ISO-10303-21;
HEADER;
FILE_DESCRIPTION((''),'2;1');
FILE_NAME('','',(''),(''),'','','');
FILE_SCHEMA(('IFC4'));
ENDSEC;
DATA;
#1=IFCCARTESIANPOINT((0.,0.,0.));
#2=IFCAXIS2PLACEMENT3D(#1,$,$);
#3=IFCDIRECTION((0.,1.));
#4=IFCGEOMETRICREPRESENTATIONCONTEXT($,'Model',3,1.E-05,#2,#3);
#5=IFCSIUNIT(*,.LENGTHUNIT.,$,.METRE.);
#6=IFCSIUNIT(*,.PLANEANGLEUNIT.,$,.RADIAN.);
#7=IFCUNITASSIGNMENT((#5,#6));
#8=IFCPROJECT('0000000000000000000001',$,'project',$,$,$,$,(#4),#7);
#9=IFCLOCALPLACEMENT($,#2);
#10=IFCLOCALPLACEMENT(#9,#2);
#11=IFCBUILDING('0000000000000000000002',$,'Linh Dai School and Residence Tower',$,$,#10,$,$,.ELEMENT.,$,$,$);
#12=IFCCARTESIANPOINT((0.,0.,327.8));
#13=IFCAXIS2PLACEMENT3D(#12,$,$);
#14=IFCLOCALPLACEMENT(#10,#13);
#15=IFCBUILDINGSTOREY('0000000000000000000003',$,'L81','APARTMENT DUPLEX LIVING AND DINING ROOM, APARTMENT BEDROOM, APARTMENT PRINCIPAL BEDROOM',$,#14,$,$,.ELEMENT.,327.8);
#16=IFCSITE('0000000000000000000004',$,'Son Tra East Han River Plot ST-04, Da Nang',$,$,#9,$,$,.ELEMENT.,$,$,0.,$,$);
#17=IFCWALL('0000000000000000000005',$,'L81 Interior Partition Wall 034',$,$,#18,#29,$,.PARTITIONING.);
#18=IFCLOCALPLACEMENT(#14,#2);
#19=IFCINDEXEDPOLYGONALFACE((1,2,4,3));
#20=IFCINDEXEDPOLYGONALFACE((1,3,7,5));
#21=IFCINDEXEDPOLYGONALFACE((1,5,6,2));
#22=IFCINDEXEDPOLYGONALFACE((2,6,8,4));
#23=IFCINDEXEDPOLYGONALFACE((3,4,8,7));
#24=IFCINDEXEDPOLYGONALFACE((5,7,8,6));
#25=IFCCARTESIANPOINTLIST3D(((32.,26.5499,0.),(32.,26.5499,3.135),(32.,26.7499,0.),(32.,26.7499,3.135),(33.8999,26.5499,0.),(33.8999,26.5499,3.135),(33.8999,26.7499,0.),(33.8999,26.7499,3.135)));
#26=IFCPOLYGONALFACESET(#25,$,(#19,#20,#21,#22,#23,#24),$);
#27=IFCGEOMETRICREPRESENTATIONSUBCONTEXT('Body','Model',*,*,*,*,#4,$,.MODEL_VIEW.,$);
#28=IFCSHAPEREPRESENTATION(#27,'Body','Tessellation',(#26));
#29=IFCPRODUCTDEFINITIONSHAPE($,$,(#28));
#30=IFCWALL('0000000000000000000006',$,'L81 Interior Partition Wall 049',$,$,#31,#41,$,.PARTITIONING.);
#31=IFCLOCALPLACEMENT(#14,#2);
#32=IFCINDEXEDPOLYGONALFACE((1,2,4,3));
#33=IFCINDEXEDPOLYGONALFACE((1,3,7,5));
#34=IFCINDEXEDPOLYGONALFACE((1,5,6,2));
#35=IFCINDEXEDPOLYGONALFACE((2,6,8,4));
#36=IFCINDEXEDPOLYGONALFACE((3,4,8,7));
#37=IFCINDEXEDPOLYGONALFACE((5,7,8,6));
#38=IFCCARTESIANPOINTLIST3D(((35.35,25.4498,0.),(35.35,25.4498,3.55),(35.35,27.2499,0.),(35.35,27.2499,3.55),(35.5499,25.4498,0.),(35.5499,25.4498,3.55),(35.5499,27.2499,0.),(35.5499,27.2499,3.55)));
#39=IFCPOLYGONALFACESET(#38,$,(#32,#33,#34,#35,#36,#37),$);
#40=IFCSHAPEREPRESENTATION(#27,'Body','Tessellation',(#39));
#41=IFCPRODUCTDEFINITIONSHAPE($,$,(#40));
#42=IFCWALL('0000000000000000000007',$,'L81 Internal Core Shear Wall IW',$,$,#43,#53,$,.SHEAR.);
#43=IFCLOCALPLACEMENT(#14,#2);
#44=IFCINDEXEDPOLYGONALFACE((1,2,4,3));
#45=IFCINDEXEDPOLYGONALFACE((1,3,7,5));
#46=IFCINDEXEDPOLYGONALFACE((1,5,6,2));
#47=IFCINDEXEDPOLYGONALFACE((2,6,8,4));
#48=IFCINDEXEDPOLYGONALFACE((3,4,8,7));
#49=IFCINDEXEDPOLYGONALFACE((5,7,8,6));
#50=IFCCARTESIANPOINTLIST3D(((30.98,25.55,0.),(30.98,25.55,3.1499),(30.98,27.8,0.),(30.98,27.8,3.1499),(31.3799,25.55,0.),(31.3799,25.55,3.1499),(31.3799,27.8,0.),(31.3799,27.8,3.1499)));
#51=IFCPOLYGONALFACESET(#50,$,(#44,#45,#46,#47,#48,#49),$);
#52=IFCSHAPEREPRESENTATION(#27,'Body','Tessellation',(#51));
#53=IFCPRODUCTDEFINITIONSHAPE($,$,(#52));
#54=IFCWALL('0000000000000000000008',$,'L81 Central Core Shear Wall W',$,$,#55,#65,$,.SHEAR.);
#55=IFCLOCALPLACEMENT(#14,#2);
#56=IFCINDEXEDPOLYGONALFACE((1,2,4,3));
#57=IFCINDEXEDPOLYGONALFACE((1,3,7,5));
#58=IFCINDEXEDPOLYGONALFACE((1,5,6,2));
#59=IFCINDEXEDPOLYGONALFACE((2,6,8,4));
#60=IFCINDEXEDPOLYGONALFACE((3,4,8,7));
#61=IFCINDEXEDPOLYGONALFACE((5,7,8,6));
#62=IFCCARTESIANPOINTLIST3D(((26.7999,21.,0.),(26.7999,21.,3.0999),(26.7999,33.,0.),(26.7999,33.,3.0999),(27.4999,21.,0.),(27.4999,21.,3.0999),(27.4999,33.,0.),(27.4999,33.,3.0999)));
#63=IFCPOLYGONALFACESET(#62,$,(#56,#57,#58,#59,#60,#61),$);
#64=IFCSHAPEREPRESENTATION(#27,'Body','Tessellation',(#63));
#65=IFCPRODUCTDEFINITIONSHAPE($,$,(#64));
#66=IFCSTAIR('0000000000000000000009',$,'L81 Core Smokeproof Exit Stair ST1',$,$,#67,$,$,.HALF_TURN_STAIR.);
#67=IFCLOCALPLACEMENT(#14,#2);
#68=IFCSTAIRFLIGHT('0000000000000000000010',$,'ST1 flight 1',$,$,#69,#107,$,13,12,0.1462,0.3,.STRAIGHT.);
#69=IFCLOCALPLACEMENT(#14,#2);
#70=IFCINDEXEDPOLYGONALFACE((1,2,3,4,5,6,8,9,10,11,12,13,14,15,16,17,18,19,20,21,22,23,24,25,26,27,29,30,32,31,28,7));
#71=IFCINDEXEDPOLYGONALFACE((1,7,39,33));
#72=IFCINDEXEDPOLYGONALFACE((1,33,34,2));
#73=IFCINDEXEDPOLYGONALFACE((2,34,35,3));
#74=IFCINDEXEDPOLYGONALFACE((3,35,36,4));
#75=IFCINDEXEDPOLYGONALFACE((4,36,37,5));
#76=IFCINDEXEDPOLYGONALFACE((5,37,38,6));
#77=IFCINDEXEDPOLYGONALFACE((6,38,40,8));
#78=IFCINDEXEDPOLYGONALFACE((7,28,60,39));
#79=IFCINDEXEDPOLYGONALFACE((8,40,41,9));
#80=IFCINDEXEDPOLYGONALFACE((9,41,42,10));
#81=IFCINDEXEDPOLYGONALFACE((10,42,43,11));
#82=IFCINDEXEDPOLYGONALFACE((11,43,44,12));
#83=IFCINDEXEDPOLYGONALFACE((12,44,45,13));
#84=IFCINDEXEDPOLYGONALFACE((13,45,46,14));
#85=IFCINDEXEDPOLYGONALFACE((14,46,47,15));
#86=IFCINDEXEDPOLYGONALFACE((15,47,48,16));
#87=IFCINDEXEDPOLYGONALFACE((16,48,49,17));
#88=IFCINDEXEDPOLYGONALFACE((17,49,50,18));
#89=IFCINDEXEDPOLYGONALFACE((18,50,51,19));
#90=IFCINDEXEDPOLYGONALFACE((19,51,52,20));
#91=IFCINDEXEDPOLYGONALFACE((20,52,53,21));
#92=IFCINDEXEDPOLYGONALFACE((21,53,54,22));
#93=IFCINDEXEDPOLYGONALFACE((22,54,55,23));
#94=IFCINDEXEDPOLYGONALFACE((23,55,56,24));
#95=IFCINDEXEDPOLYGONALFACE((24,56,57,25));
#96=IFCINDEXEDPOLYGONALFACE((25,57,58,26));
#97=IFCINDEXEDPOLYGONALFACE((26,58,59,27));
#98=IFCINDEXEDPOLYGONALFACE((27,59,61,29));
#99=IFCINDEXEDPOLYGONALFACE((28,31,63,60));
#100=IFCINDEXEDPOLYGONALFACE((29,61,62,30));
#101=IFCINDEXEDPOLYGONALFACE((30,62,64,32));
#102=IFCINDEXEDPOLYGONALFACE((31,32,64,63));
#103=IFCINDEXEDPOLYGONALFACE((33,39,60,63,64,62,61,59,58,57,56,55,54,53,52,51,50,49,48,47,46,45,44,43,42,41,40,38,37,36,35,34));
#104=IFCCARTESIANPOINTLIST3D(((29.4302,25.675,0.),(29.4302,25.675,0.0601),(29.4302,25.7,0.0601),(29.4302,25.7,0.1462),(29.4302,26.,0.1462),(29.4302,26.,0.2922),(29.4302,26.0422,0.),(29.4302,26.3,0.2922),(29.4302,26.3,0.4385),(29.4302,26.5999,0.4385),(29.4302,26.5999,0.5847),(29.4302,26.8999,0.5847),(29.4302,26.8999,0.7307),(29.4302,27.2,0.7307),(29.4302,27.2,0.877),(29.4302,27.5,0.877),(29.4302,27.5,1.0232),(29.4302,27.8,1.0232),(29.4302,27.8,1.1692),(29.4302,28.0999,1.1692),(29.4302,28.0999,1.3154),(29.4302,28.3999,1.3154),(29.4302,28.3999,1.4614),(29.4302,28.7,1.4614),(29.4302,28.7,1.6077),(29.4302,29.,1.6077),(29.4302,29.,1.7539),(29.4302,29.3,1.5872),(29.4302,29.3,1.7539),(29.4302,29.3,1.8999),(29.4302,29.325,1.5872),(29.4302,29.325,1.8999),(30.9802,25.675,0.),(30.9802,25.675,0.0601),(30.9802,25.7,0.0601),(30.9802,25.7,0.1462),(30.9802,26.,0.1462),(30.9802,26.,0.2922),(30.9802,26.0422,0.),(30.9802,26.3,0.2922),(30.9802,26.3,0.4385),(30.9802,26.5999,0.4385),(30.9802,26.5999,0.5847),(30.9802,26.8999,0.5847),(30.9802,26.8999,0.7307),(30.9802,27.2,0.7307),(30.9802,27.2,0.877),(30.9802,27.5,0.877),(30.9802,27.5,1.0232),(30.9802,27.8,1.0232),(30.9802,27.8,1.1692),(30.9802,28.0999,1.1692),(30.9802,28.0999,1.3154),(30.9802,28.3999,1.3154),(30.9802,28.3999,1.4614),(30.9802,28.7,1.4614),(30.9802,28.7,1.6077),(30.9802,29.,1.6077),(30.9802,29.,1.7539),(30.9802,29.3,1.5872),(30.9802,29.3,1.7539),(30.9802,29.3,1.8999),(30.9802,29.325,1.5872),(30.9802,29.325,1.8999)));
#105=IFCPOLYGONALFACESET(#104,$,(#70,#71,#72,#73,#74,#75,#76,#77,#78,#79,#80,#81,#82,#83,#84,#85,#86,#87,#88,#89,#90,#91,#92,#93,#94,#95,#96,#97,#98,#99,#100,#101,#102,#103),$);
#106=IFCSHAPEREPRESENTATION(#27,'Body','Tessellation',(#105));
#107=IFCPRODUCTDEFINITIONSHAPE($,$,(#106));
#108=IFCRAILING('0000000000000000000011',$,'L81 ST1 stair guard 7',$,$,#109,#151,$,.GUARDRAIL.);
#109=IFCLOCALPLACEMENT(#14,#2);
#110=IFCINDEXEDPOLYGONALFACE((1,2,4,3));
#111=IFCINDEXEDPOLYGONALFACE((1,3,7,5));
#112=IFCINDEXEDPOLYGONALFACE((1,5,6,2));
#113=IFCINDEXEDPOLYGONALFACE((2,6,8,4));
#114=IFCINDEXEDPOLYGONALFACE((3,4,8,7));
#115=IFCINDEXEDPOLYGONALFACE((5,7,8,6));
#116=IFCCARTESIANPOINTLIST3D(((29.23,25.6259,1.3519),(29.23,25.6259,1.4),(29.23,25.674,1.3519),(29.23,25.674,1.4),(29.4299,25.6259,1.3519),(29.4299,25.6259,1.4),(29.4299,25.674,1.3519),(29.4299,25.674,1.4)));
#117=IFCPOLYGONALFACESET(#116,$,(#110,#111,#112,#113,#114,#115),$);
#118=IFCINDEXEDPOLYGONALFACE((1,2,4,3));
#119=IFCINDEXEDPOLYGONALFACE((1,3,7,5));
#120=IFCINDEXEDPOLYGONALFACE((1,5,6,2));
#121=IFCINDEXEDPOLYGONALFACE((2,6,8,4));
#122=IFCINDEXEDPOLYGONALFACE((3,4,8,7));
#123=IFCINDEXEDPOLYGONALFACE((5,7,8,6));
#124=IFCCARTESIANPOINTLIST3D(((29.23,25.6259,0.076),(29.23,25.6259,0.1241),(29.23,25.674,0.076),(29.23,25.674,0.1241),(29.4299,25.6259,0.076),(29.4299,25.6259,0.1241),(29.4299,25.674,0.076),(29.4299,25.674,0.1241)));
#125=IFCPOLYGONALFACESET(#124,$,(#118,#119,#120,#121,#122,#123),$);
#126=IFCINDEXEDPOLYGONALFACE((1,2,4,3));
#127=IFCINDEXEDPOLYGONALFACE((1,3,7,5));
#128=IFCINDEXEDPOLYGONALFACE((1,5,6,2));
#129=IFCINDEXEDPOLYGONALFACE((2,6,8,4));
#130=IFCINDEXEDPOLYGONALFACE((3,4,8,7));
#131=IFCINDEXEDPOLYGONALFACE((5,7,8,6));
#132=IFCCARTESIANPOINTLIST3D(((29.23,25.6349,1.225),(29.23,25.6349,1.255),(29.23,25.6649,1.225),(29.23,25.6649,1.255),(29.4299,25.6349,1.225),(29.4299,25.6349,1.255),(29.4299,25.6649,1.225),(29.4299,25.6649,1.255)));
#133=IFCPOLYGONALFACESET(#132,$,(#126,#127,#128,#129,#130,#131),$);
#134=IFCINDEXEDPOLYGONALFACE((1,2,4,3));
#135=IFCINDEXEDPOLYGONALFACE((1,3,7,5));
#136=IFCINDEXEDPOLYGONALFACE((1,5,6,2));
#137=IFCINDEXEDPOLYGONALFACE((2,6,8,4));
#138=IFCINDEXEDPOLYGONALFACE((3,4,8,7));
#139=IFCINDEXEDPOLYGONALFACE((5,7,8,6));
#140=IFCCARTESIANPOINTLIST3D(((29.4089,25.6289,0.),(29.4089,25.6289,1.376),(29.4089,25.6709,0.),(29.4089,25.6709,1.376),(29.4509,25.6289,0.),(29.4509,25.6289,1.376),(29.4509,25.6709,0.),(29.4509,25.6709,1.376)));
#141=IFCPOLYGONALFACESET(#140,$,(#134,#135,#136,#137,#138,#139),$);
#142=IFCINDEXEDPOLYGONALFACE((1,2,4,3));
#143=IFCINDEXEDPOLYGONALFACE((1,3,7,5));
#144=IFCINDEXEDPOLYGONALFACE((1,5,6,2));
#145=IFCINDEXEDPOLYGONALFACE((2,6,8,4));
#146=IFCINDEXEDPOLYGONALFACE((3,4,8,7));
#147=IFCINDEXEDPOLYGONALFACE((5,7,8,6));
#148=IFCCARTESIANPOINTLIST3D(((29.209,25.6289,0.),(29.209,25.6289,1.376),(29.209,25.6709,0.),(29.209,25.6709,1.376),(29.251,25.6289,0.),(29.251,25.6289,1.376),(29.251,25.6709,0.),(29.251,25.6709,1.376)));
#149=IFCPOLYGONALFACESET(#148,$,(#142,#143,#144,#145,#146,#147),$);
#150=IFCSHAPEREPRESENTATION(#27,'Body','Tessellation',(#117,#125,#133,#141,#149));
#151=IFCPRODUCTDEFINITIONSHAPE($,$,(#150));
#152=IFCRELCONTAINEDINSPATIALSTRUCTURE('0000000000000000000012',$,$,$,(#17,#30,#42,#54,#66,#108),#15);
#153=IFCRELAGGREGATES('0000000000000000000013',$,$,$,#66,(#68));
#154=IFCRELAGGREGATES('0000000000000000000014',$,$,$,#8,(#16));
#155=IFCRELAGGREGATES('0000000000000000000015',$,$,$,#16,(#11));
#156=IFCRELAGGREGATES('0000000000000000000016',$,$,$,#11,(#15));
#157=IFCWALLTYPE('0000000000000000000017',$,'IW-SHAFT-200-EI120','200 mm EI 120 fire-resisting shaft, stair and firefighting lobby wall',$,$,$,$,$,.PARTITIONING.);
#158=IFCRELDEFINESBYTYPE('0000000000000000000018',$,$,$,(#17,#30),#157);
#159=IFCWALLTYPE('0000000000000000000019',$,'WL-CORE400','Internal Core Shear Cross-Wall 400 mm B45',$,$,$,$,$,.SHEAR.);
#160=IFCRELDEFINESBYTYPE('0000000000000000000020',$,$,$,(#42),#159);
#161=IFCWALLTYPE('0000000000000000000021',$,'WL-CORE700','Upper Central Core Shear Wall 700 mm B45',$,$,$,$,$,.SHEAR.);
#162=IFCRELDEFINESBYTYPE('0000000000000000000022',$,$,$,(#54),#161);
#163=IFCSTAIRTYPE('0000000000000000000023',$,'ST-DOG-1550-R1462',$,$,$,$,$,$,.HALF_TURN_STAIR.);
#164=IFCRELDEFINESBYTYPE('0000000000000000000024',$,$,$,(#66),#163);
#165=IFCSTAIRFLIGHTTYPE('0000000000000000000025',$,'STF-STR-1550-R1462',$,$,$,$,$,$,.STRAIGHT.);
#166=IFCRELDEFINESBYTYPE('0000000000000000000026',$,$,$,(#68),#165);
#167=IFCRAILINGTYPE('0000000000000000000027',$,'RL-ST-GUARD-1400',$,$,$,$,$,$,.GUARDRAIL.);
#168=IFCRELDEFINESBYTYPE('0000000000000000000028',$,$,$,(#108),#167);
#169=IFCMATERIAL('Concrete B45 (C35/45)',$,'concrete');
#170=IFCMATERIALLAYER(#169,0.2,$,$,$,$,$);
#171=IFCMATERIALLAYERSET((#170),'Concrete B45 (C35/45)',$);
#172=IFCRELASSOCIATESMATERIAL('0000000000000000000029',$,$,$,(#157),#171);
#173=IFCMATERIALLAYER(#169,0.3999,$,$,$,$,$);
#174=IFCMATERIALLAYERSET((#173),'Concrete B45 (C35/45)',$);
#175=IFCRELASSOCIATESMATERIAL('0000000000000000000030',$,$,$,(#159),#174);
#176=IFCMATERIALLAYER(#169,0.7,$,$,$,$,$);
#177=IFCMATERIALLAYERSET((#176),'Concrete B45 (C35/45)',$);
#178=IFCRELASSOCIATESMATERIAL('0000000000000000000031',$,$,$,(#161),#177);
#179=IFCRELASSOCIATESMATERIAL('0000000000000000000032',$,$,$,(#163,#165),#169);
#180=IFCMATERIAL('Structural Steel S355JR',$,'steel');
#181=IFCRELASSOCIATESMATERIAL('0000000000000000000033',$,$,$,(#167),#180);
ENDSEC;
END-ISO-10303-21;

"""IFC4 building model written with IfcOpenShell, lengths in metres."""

from ifc_helpers import new_model, si_unit, direction, frame, frame_2d, origin, origin_2d, place, context, subcontext, project, spatial, polyline, rectangle, outline, extrude, source, transform, mapped, material, layer, layer_set, type_object, element, aggregate, save


model = new_model("IFC4")

# Units and contexts
model_context = context("Model", 3, precision=1e-05, world=origin(), true_north=direction((0.0, 1.0)))
body_context = subcontext(model_context, "Body", "Model", "MODEL_VIEW")
ifc_project = project(units=[si_unit("LENGTHUNIT", "METRE"), si_unit("PLANEANGLEUNIT", "RADIAN")], contexts=[model_context])

# Site, building, storey
site_placement = place(None, origin())
site = spatial("IfcSite", under=ifc_project, at=site_placement, Name="Son Tra East Han River Plot ST-04, Da Nang", CompositionType="ELEMENT", RefElevation=0.0)
building_placement = place(site_placement, origin())
building = spatial("IfcBuilding", under=site, at=building_placement, Name="Linh Dai School and Residence Tower", CompositionType="ELEMENT")
storey_placement = place(building_placement, frame((0.0, 0.0, 327.8)))
storey = spatial("IfcBuildingStorey", under=building, at=storey_placement, Name="L81", Description="APARTMENT DUPLEX LIVING AND DINING ROOM, APARTMENT BEDROOM, APARTMENT PRINCIPAL BEDROOM", CompositionType="ELEMENT", Elevation=327.8)

# Shared definitions
ifc_material_1 = material(Name="Structural Steel S355JR", Category="steel")

# Shared definitions
ifc_material_2 = material(Name="Concrete B45 (C35/45)", Category="concrete")
ifc_layer_1 = layer(ifc_material_2, 0.2)
ifc_layer_set_1 = layer_set([ifc_layer_1], Name="Concrete B45 (C35/45)")
wall_type_1 = type_object("IfcWallType", Name="IW-SHAFT-200-EI120", Description="200 mm EI 120 fire-resisting shaft, stair and firefighting lobby wall", PredefinedType="PARTITIONING", material=ifc_layer_set_1)

# Walls
wall_1_placement = place(storey_placement, frame((32.0, 26.6499, 0.0), z_axis=(0.0, 0.0, 1.0), x_axis=(1.0, 0.0, 0.0)))
element("IfcWall", 1, at=wall_1_placement, inside=storey, type_object=wall_type_1, Name="L81 Interior Partition Wall 034", PredefinedType="PARTITIONING", context=body_context, shape_type="SweptSolid", body=[
    extrude(rectangle(XDim=1.8999, YDim=0.2, at=frame_2d((0.95, 0.0))), origin(), (0.0, 0.0, 1.0), 3.135),
])
wall_2_placement = place(storey_placement, frame((35.45, 25.45, 0.0), z_axis=(0.0, 0.0, 1.0), x_axis=(0.0, 1.0, 0.0)))
element("IfcWall", 2, at=wall_2_placement, inside=storey, type_object=wall_type_1, Name="L81 Interior Partition Wall 049", PredefinedType="PARTITIONING", context=body_context, shape_type="SweptSolid", body=[
    extrude(rectangle(XDim=1.8, YDim=0.2, at=frame_2d((0.8999, 0.0))), origin(), (0.0, 0.0, 1.0), 3.55),
])

# Walls
ifc_layer_2 = layer(ifc_material_2, 0.3999)
ifc_layer_set_2 = layer_set([ifc_layer_2], Name="Concrete B45 (C35/45)")
wall_type_2 = type_object("IfcWallType", Name="WL-CORE400", Description="Internal Core Shear Cross-Wall 400 mm B45", PredefinedType="SHEAR", material=ifc_layer_set_2)
wall_3_placement = place(storey_placement, frame((31.1799, 25.55, 0.0), z_axis=(0.0, 0.0, 1.0), x_axis=(0.0, 1.0, 0.0)))
element("IfcWall", 3, at=wall_3_placement, inside=storey, type_object=wall_type_2, Name="L81 Internal Core Shear Wall IW", PredefinedType="SHEAR", context=body_context, shape_type="SweptSolid", body=[
    extrude(rectangle(XDim=2.25, YDim=0.3999, at=frame_2d((1.125, 0.0))), origin(), (0.0, 0.0, 1.0), 3.1499),
])
ifc_layer_3 = layer(ifc_material_2, 0.7)
ifc_layer_set_3 = layer_set([ifc_layer_3], Name="Concrete B45 (C35/45)")
wall_type_3 = type_object("IfcWallType", Name="WL-CORE700", Description="Upper Central Core Shear Wall 700 mm B45", PredefinedType="SHEAR", material=ifc_layer_set_3)
wall_4_placement = place(storey_placement, frame((27.1499, 21.0, 0.0), z_axis=(0.0, 0.0, 1.0), x_axis=(0.0, 1.0, 0.0)))
element("IfcWall", 4, at=wall_4_placement, inside=storey, type_object=wall_type_3, Name="L81 Central Core Shear Wall W", PredefinedType="SHEAR", context=body_context, shape_type="SweptSolid", body=[
    extrude(rectangle(XDim=12.0, YDim=0.7, at=frame_2d((6.0, 0.0))), origin(), (0.0, 0.0, 1.0), 3.0999),
])

# Stair, stair flight
stair_type = type_object("IfcStairType", Name="ST-DOG-1550-R1462", PredefinedType="HALF_TURN_STAIR", material=ifc_material_2)
stair_placement = place(storey_placement, origin())
stair = element("IfcStair", 5, at=stair_placement, inside=storey, type_object=stair_type, Name="L81 Core Smokeproof Exit Stair ST1", PredefinedType="HALF_TURN_STAIR")
stair_flight_type = type_object("IfcStairFlightType", Name="STF-STR-1550-R1462", PredefinedType="STRAIGHT", material=ifc_material_2)
shared_shape_1 = source(origin(), body_context, "Body", "SweptSolid", [
    extrude(outline(polyline([(-0.0249, 0.0), (-0.0249, 0.0601), (0.0, 0.0601), (0.0, 0.1462), (0.3, 0.1462), (0.3, 0.2922), (0.6001, 0.2922), (0.6001, 0.4385), (0.8999, 0.4385), (0.8999, 0.5847), (1.2, 0.5847), (1.2, 0.7307), (1.5, 0.7307), (1.5, 0.877), (1.8, 0.877), (1.8, 1.0232), (2.1001, 1.0232), (2.1001, 1.1692), (2.3999, 1.1692), (2.3999, 1.3154), (2.7, 1.3154), (2.7, 1.4614), (3.0, 1.4614), (3.0, 1.6077), (3.3, 1.6077), (3.3, 1.7539), (3.6001, 1.7539), (3.6001, 1.8999), (3.625, 1.8999), (3.625, 1.5872), (3.6001, 1.5872), (0.3423, 0.0), (-0.0249, 0.0)])), frame((0.0, 0.7749, 0.0), z_axis=(0.0, -1.0, 0.0), x_axis=(1.0, 0.0, 0.0)), (0.0, 0.0, 1.0), 1.55),
])
stair_flight_placement = place(storey_placement, frame((30.2051, 25.7, 0.0), z_axis=(0.0, 0.0, 1.0), x_axis=(0.0, 1.0, 0.0)))
stair_flight = element("IfcStairFlight", 6, at=stair_flight_placement, type_object=stair_flight_type, Name="ST1 flight 1", NumberOfRisers=13, NumberOfTreads=12, PredefinedType="STRAIGHT", RiserHeight=0.1462, TreadLength=0.3, context=body_context, shape_type="MappedRepresentation", body=[
    mapped(shared_shape_1, transform((0.0, 0.0, 0.0), x_axis=(1.0, 0.0, 0.0), y_axis=(0.0, 1.0, 0.0), z_axis=(0.0, 0.0, 1.0), scale=1.0)),
])
aggregate(stair, [stair_flight])

# Railing
railing_type_1 = type_object("IfcRailingType", Name="RL-ST-GUARD-1400", PredefinedType="GUARDRAIL", material=ifc_material_1)
shared_shape_2 = source(origin(), body_context, "Body", "SweptSolid", [
    extrude(rectangle(XDim=0.0481, YDim=0.0481, at=origin_2d()), frame((0.0, 0.0, 1.376), z_axis=(-1.0, 0.0, 0.0), x_axis=(0.0, -1.0, 0.0)), (0.0, 0.0, 1.0), 0.2),
    extrude(rectangle(XDim=0.0481, YDim=0.0481, at=origin_2d()), frame((0.0, 0.0, 0.1001), z_axis=(-1.0, 0.0, 0.0), x_axis=(0.0, -1.0, 0.0)), (0.0, 0.0, 1.0), 0.2),
    extrude(rectangle(XDim=0.03, YDim=0.03, at=origin_2d()), frame((0.0, 0.0, 1.24), z_axis=(-1.0, 0.0, 0.0), x_axis=(0.0, -1.0, 0.0)), (0.0, 0.0, 1.0), 0.2),
    extrude(rectangle(XDim=0.042, YDim=0.042, at=origin_2d()), origin(), (0.0, 0.0, 1.0), 1.376),
    extrude(rectangle(XDim=0.042, YDim=0.042, at=origin_2d()), frame((-0.2, 0.0, 0.0)), (0.0, 0.0, 1.0), 1.376),
])
railing_1_placement = place(storey_placement, frame((29.4299, 25.6499, 0.0)))
element("IfcRailing", 7, at=railing_1_placement, inside=storey, type_object=railing_type_1, Name="L81 ST1 stair guard 7", PredefinedType="GUARDRAIL", context=body_context, shape_type="MappedRepresentation", body=[
    mapped(shared_shape_2, transform((0.0, 0.0, 0.0), x_axis=(1.0, 0.0, 0.0), y_axis=(0.0, 1.0, 0.0), z_axis=(0.0, 0.0, 1.0), scale=1.0)),
])

save(model, "model.ifc")
